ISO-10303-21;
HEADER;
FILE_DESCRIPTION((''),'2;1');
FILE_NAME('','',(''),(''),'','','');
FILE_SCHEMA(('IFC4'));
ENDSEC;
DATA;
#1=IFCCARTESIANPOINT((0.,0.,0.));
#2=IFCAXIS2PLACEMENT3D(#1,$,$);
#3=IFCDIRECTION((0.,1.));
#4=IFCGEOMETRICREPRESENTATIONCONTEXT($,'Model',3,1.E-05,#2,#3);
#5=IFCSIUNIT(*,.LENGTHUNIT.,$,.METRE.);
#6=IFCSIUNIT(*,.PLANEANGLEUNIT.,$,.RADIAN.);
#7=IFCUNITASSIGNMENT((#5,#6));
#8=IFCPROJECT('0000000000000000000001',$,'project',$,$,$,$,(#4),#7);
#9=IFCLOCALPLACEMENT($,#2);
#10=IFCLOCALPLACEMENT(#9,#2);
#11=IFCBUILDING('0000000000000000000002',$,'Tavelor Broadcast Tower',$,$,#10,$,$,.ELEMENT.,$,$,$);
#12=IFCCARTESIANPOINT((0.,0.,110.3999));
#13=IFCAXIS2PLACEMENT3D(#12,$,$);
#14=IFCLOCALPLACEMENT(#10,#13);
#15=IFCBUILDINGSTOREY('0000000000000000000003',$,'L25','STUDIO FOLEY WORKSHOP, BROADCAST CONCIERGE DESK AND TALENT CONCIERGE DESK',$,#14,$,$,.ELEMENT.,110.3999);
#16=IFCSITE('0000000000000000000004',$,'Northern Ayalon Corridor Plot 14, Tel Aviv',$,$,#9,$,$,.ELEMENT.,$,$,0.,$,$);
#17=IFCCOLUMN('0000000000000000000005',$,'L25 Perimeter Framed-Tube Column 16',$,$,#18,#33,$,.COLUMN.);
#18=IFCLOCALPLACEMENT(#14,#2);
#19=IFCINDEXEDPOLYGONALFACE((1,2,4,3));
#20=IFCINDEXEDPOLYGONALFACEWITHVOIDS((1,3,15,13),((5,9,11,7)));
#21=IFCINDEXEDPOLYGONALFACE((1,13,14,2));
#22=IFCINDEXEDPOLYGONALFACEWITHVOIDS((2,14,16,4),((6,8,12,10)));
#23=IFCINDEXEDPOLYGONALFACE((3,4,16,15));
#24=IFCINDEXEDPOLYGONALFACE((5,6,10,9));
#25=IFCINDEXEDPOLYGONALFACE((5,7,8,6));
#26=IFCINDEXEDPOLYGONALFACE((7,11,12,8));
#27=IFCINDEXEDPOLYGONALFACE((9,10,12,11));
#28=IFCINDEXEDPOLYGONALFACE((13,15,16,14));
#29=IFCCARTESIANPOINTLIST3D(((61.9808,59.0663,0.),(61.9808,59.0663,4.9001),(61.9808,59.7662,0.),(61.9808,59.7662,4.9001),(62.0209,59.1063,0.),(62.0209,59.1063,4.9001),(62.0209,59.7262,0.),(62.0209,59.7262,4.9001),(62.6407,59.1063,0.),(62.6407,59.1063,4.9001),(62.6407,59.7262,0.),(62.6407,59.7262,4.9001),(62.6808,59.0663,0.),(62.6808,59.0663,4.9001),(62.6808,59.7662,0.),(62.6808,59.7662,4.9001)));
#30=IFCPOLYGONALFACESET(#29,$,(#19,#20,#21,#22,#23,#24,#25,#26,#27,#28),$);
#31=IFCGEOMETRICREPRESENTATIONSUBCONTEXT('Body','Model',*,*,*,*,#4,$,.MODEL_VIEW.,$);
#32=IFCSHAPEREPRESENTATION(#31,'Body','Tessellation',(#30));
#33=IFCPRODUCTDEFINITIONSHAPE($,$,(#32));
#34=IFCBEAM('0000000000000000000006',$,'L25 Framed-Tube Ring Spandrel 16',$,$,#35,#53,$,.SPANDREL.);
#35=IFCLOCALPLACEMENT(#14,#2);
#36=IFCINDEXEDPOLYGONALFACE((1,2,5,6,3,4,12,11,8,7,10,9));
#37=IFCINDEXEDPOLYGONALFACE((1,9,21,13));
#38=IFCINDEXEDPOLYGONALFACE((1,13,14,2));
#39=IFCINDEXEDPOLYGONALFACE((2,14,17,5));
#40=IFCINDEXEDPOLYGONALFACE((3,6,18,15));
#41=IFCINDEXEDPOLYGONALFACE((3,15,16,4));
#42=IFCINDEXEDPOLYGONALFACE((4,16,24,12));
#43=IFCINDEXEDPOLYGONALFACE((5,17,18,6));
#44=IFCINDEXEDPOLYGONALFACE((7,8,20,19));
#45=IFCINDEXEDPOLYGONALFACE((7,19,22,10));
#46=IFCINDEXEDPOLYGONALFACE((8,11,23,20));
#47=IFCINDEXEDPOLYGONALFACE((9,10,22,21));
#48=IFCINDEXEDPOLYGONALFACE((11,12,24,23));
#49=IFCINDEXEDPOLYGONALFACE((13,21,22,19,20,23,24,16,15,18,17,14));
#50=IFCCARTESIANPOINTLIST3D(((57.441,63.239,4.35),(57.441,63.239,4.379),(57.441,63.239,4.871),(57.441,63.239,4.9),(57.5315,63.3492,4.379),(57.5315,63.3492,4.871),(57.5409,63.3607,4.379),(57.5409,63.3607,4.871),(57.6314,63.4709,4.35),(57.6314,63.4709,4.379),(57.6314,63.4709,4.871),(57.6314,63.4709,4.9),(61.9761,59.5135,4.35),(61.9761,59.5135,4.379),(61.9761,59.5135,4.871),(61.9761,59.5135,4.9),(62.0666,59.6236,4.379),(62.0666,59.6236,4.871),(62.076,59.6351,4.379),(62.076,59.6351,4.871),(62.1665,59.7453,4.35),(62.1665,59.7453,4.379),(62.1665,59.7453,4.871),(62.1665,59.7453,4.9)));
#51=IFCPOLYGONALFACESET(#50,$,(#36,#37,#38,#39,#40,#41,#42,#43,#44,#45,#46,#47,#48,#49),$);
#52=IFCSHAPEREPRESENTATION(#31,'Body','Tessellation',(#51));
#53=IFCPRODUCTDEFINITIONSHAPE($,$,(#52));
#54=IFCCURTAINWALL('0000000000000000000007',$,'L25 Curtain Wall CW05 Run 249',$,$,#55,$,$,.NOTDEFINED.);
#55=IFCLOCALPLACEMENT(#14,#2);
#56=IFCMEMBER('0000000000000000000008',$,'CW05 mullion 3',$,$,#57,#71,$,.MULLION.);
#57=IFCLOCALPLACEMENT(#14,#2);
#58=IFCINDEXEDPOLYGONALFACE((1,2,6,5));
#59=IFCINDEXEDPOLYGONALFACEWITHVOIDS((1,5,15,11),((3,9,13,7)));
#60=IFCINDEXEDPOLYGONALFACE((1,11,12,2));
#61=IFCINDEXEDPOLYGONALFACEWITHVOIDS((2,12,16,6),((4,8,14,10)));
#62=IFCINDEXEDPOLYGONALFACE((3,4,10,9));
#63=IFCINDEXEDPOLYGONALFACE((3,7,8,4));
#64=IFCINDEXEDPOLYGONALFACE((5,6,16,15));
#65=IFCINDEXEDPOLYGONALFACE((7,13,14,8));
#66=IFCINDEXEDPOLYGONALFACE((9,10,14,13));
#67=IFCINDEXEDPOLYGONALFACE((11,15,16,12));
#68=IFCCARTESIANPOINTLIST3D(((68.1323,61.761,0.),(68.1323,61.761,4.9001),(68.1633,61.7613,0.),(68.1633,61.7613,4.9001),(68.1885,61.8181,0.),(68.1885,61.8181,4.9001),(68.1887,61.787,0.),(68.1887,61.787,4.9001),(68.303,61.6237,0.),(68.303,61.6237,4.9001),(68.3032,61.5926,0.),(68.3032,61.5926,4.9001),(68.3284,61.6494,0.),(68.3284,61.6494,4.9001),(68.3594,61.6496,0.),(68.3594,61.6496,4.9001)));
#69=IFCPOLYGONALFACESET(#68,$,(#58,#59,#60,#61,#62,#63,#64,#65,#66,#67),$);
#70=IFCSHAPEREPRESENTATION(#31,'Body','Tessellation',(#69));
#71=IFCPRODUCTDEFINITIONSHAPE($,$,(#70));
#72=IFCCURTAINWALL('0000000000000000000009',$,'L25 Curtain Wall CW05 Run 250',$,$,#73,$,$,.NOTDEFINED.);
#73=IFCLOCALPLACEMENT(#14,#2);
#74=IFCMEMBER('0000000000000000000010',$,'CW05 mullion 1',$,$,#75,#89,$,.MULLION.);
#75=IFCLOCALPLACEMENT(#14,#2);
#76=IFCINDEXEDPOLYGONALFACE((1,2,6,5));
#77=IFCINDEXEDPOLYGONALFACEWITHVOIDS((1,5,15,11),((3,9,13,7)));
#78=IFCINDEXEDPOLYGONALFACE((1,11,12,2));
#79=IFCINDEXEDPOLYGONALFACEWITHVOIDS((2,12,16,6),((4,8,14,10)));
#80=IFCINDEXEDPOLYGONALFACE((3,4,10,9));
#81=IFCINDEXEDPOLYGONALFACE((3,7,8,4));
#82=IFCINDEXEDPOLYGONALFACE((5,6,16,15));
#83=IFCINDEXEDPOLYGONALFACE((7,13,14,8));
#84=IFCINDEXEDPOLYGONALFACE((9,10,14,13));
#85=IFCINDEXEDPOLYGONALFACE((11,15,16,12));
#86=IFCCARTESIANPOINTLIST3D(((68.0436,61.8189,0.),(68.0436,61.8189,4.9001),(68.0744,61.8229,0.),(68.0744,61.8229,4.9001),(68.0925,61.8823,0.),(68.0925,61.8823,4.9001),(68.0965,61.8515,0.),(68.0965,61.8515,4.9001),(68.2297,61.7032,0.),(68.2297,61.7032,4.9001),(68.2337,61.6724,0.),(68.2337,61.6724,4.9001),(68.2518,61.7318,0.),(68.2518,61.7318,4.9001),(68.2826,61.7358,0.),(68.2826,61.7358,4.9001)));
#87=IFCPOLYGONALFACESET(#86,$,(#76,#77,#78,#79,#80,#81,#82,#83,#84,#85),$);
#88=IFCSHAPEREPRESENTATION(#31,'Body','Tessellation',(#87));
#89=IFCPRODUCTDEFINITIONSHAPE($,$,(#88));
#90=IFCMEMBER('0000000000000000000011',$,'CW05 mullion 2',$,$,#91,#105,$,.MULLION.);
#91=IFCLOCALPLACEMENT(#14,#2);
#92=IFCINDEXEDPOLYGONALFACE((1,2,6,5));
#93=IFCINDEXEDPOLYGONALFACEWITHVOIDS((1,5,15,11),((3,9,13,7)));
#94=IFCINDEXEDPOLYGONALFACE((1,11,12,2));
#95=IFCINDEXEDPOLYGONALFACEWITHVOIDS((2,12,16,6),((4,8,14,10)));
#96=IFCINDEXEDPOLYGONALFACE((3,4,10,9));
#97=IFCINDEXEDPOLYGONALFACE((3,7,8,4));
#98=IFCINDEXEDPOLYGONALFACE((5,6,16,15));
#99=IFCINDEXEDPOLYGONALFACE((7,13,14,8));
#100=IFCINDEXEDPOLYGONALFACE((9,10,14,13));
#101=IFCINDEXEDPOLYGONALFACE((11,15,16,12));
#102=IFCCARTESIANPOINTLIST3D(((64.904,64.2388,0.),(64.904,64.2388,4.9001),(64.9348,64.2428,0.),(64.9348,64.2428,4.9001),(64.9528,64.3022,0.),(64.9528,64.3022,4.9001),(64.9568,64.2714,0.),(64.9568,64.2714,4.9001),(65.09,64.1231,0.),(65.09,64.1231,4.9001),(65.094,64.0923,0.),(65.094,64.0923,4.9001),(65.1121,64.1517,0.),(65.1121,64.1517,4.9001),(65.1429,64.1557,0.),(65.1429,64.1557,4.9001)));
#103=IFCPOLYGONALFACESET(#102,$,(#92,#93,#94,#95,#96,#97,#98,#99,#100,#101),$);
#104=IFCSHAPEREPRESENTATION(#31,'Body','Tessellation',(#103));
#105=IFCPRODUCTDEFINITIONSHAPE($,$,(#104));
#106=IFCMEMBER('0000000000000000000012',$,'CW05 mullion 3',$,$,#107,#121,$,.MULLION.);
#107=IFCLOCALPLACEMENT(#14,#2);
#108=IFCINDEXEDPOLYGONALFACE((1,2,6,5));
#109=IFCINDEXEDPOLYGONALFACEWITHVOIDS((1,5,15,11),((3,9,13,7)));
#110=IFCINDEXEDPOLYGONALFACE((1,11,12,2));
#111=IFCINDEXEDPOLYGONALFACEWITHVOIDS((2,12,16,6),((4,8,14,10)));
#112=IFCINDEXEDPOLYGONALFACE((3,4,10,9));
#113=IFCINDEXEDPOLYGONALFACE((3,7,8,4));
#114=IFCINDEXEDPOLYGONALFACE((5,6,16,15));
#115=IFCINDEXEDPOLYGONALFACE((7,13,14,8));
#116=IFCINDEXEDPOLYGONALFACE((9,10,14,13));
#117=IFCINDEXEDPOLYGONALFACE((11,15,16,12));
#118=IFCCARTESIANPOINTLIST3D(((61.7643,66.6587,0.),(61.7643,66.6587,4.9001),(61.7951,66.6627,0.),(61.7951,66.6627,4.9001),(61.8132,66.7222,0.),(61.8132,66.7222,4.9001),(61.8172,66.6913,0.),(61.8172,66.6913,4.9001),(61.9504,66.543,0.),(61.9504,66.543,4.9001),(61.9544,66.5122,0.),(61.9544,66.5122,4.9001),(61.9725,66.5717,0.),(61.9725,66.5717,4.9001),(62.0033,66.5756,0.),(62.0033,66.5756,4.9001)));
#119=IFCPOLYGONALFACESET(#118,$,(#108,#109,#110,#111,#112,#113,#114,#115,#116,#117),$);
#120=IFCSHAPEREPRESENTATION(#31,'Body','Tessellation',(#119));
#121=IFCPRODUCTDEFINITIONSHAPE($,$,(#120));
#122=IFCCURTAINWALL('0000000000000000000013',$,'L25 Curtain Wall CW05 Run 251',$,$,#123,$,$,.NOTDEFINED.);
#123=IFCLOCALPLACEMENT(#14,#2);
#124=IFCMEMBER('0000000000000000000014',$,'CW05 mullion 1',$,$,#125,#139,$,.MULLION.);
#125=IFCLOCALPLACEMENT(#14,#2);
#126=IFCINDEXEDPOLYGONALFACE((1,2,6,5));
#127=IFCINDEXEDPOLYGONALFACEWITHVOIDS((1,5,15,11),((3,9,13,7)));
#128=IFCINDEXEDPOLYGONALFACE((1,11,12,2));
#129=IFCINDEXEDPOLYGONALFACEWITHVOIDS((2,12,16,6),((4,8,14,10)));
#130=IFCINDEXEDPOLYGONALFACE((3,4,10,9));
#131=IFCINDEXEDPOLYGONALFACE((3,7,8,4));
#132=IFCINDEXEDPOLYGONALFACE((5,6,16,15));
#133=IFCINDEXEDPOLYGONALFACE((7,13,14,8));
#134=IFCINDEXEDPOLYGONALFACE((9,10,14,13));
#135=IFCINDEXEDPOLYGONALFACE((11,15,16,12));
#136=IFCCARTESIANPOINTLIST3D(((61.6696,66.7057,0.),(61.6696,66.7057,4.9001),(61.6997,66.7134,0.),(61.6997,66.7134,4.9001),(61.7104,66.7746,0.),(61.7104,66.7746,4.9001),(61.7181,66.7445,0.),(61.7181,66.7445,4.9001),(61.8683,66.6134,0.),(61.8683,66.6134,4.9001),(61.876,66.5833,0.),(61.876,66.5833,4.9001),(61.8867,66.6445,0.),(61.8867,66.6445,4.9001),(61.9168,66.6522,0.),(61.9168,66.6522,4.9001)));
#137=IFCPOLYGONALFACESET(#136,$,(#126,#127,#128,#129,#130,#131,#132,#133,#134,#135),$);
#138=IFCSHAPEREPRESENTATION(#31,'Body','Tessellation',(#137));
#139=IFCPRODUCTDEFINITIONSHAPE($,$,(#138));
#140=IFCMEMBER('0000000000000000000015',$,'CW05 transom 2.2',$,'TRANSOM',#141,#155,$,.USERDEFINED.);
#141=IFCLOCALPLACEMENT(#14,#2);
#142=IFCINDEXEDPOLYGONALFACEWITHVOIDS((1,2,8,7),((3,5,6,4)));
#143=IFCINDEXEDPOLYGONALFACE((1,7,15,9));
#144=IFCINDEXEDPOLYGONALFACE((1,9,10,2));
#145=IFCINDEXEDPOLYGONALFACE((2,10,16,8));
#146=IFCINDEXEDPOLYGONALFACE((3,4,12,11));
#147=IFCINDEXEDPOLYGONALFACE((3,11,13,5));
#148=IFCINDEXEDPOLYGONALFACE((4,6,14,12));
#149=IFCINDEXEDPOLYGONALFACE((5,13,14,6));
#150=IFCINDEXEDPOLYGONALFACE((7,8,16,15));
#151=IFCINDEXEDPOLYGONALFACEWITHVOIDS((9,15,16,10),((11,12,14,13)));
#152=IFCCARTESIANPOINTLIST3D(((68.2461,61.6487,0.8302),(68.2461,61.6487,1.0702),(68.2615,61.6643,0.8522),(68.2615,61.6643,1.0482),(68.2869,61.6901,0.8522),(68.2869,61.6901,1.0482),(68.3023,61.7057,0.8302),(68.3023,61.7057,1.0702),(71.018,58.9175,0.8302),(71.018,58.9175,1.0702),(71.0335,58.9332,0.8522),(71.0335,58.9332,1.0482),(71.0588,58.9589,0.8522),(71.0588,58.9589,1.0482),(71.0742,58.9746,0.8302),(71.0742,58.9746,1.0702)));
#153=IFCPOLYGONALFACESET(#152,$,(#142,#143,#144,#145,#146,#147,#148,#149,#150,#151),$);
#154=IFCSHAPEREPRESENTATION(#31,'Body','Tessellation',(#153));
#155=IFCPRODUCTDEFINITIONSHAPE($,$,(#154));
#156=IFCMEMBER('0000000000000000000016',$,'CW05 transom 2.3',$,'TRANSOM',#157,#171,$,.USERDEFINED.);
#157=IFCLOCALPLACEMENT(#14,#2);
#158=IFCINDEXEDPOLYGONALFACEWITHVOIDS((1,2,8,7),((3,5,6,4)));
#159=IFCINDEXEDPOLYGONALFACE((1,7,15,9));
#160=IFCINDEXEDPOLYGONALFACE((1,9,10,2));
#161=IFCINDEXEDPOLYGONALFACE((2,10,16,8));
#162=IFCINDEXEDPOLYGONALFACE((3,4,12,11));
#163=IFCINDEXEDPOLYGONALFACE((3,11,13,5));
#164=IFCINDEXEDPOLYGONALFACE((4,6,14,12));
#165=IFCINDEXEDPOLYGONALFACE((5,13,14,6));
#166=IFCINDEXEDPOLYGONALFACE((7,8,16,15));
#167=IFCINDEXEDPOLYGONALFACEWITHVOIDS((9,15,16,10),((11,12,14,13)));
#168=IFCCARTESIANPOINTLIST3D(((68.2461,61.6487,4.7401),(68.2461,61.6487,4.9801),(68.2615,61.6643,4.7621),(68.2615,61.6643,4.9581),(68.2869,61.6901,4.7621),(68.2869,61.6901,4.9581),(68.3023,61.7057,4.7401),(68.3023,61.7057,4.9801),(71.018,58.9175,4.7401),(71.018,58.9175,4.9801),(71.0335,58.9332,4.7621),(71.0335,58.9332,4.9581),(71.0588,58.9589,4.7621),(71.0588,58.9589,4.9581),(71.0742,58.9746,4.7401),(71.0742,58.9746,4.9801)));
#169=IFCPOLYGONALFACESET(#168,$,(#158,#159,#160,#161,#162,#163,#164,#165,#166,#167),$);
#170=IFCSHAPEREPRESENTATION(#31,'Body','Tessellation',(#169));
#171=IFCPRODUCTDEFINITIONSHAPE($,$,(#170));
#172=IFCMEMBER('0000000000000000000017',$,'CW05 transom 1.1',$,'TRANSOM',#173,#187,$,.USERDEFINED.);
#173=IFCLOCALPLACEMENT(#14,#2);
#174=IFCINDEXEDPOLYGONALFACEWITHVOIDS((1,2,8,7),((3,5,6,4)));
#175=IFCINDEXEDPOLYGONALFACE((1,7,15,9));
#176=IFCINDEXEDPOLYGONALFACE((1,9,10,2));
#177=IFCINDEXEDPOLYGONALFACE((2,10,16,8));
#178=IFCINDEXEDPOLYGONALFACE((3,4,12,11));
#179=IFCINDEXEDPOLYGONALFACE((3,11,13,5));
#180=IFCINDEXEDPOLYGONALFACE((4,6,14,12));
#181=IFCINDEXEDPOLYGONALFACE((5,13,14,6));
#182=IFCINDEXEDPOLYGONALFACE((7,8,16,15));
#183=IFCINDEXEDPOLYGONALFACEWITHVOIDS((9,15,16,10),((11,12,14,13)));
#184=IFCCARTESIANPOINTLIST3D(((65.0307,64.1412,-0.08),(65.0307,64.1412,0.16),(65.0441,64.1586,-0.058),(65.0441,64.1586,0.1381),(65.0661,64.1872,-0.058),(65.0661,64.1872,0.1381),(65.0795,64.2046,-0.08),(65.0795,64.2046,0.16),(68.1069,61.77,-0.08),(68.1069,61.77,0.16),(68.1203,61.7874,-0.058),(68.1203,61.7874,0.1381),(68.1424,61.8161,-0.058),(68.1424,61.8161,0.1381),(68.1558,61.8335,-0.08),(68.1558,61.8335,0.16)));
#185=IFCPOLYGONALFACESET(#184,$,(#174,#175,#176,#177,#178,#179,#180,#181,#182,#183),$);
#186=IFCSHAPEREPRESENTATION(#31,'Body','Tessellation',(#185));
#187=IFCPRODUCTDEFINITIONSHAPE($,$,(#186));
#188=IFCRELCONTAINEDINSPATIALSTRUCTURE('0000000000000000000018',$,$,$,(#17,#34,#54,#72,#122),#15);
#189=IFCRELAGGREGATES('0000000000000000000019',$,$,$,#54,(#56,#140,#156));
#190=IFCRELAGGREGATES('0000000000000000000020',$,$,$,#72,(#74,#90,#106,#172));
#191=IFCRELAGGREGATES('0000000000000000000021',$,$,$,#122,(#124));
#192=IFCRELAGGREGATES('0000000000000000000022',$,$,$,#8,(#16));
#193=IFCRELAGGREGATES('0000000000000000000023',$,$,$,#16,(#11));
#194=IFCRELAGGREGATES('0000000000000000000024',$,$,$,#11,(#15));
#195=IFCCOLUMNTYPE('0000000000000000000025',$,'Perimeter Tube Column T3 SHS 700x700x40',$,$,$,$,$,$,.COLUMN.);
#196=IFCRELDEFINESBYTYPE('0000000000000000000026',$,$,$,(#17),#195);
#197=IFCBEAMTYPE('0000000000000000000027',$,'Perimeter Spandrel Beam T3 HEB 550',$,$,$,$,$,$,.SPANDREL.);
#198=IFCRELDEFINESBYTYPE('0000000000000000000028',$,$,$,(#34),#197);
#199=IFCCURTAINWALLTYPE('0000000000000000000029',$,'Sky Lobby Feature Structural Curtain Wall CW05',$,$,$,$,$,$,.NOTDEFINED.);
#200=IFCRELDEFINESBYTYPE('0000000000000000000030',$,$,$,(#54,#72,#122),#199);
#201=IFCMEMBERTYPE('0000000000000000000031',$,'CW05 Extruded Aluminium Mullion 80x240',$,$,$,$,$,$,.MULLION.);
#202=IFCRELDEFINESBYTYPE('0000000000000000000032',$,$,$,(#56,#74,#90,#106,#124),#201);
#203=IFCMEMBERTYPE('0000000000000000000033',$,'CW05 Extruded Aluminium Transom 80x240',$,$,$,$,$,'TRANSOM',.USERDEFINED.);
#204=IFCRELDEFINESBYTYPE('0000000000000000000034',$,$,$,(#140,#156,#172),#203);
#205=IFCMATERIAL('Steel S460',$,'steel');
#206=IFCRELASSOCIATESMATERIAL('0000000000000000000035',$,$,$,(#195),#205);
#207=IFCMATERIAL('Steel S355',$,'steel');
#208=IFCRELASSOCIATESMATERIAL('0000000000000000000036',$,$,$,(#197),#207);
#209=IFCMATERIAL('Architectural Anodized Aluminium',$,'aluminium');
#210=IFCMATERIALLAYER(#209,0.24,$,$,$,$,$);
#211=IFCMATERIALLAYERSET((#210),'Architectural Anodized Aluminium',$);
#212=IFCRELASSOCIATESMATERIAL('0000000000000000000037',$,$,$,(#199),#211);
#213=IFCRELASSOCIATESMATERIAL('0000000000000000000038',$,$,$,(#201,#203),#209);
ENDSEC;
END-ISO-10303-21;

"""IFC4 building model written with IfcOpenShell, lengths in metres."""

from ifc_helpers import new_model, si_unit, direction, frame, origin, origin_2d, place, context, subcontext, project, spatial, hollow_rectangle, i_section, extrude, source, transform, mapped, material, layer, layer_set, material_profile, profile_set, type_object, type_shapes, element, aggregate, save


model = new_model("IFC4")

# Units and contexts
model_context = context("Model", 3, precision=1e-05, world=origin(), true_north=direction((0.0, 1.0)))
body_context = subcontext(model_context, "Body", "Model", "MODEL_VIEW")
ifc_project = project(units=[si_unit("LENGTHUNIT", "METRE"), si_unit("PLANEANGLEUNIT", "RADIAN")], contexts=[model_context])

# Site, building, storey
site_placement = place(None, origin())
site = spatial("IfcSite", under=ifc_project, at=site_placement, Name="Northern Ayalon Corridor Plot 14, Tel Aviv", CompositionType="ELEMENT", RefElevation=0.0)
building_placement = place(site_placement, origin())
building = spatial("IfcBuilding", under=site, at=building_placement, Name="Tavelor Broadcast Tower", CompositionType="ELEMENT")
storey_placement = place(building_placement, frame((0.0, 0.0, 110.3999)))
storey = spatial("IfcBuildingStorey", under=building, at=storey_placement, Name="L25", Description="STUDIO FOLEY WORKSHOP, BROADCAST CONCIERGE DESK AND TALENT CONCIERGE DESK", CompositionType="ELEMENT", Elevation=110.3999)

# Column
ifc_material_1 = material(Name="Steel S460", Category="steel")
ifc_material_profile_1 = material_profile(ifc_material_1, hollow_rectangle(XDim=0.7, YDim=0.7, WallThickness=0.04, at=origin_2d()), Name="SHS 700x700x40")
ifc_profile_set_1 = profile_set([ifc_material_profile_1], Name="Steel S460")
column_type = type_object("IfcColumnType", Name="Perimeter Tube Column T3 SHS 700x700x40", PredefinedType="COLUMN", material=ifc_profile_set_1)
column_placement = place(storey_placement, frame((62.3308, 59.4163, 0.0), z_axis=(0.0, 0.0, 1.0), x_axis=(1.0, 0.0, 0.0)))
element("IfcColumn", 1, at=column_placement, inside=storey, type_object=column_type, Name="L25 Perimeter Framed-Tube Column 16", PredefinedType="COLUMN", context=body_context, shape_type="SweptSolid", body=[
    extrude(hollow_rectangle(XDim=0.7, YDim=0.7, WallThickness=0.04, at=origin_2d()), origin(), (0.0, 0.0, 1.0), 4.9001),
])

# Beam
ifc_material_2 = material(Name="Steel S355", Category="steel")
ifc_material_profile_2 = material_profile(ifc_material_2, i_section(OverallWidth=0.3, OverallDepth=0.55, WebThickness=0.0149, FlangeThickness=0.0291, at=origin_2d()), Name="HEB 550")
ifc_profile_set_2 = profile_set([ifc_material_profile_2], Name="Steel S355")
beam_type = type_object("IfcBeamType", Name="Perimeter Spandrel Beam T3 HEB 550", PredefinedType="SPANDREL", material=ifc_profile_set_2)
beam_placement = place(storey_placement, frame((62.0713, 59.6294, 4.625), z_axis=(-0.772703, 0.634768, 0.0), x_axis=(-0.634768, -0.772703, 0.0)))
element("IfcBeam", 2, at=beam_placement, inside=storey, type_object=beam_type, Name="L25 Framed-Tube Ring Spandrel 16", PredefinedType="SPANDREL", context=body_context, shape_type="SweptSolid", body=[
    extrude(i_section(OverallWidth=0.3, OverallDepth=0.55, WebThickness=0.0149, FlangeThickness=0.0291, at=origin_2d()), origin(), (0.0, 0.0, 1.0), 5.8691),
])

# Curtain wall, member
ifc_material_3 = material(Name="Architectural Anodized Aluminium", Category="aluminium")
ifc_layer_1 = layer(ifc_material_3, 0.24)
ifc_layer_set_1 = layer_set([ifc_layer_1], Name="Architectural Anodized Aluminium")
curtain_wall_type = type_object("IfcCurtainWallType", Name="Sky Lobby Feature Structural Curtain Wall CW05", PredefinedType="NOTDEFINED", material=ifc_layer_set_1)
curtain_wall_1_placement = place(storey_placement, origin())
curtain_wall_1 = element("IfcCurtainWall", 3, at=curtain_wall_1_placement, inside=storey, type_object=curtain_wall_type, Name="L25 Curtain Wall CW05 Run 249", PredefinedType="NOTDEFINED")
ifc_material_profile_3 = material_profile(ifc_material_3, hollow_rectangle(XDim=0.0801, YDim=0.24, WallThickness=0.022, at=origin_2d()), Name="RHS 80x240x22")
ifc_profile_set_3 = profile_set([ifc_material_profile_3], Name="Architectural Anodized Aluminium")
member_type_1 = type_object("IfcMemberType", Name="CW05 Extruded Aluminium Mullion 80x240", PredefinedType="MULLION", material=ifc_profile_set_3)
shared_shape_1 = source(origin(), body_context, "Body", "SweptSolid", [
    extrude(hollow_rectangle(XDim=0.0801, YDim=0.24, WallThickness=0.022, at=origin_2d()), origin(), (0.0, 0.0, 1.0), 4.9001),
])
type_shapes(member_type_1, [shared_shape_1])
member_1_placement = place(storey_placement, frame((68.2458, 61.7053, 0.0), z_axis=(0.0, 0.0, 1.0), x_axis=(-0.701852, -0.712322, 0.0)))
member_1 = element("IfcMember", 4, at=member_1_placement, type_object=member_type_1, Name="CW05 mullion 3", PredefinedType="MULLION", context=body_context, shape_type="MappedRepresentation", body=[
    mapped(shared_shape_1, transform((0.0, 0.0, 0.0), scale=1.0)),
])

# Curtain wall, members
curtain_wall_2_placement = place(storey_placement, origin())
curtain_wall_2 = element("IfcCurtainWall", 5, at=curtain_wall_2_placement, inside=storey, type_object=curtain_wall_type, Name="L25 Curtain Wall CW05 Run 250", PredefinedType="NOTDEFINED")
member_2_placement = place(storey_placement, frame((68.1631, 61.7773, 0.0), z_axis=(0.0, 0.0, 1.0), x_axis=(-0.610484, -0.792029, 0.0)))
member_2 = element("IfcMember", 6, at=member_2_placement, type_object=member_type_1, Name="CW05 mullion 1", PredefinedType="MULLION", context=body_context, shape_type="MappedRepresentation", body=[
    mapped(shared_shape_1, transform((0.0, 0.0, 0.0), scale=1.0)),
])
member_3_placement = place(storey_placement, frame((65.0234, 64.1973, 0.0), z_axis=(0.0, 0.0, 1.0), x_axis=(-0.610484, -0.792029, 0.0)))
member_3 = element("IfcMember", 7, at=member_3_placement, type_object=member_type_1, Name="CW05 mullion 2", PredefinedType="MULLION", context=body_context, shape_type="MappedRepresentation", body=[
    mapped(shared_shape_1, transform((0.0, 0.0, 0.0), scale=1.0)),
])
member_4_placement = place(storey_placement, frame((61.8838, 66.6172, 0.0), z_axis=(0.0, 0.0, 1.0), x_axis=(-0.610484, -0.792029, 0.0)))
member_4 = element("IfcMember", 8, at=member_4_placement, type_object=member_type_1, Name="CW05 mullion 3", PredefinedType="MULLION", context=body_context, shape_type="MappedRepresentation", body=[
    mapped(shared_shape_1, transform((0.0, 0.0, 0.0), scale=1.0)),
])

# Curtain wall, member
curtain_wall_3_placement = place(storey_placement, origin())
curtain_wall_3 = element("IfcCurtainWall", 9, at=curtain_wall_3_placement, inside=storey, type_object=curtain_wall_type, Name="L25 Curtain Wall CW05 Run 251", PredefinedType="NOTDEFINED")
member_5_placement = place(storey_placement, frame((61.7932, 66.679, 0.0), z_axis=(0.0, 0.0, 1.0), x_axis=(-0.510155, -0.860082, 0.0)))
member_5 = element("IfcMember", 10, at=member_5_placement, type_object=member_type_1, Name="CW05 mullion 1", PredefinedType="MULLION", context=body_context, shape_type="MappedRepresentation", body=[
    mapped(shared_shape_1, transform((0.0, 0.0, 0.0), scale=1.0)),
])

# Members
ifc_material_profile_4 = material_profile(ifc_material_3, hollow_rectangle(XDim=0.0801, YDim=0.24, WallThickness=0.022, at=origin_2d()), Name="RHS 80x240x22")
ifc_profile_set_4 = profile_set([ifc_material_profile_4], Name="Architectural Anodized Aluminium")
member_type_2 = type_object("IfcMemberType", Name="CW05 Extruded Aluminium Transom 80x240", ElementType="TRANSOM", PredefinedType="USERDEFINED", material=ifc_profile_set_4)
shared_shape_2 = source(origin(), body_context, "Body", "SweptSolid", [
    extrude(hollow_rectangle(XDim=0.0801, YDim=0.24, WallThickness=0.022, at=origin_2d()), origin(), (0.0, 0.0, 1.0), 3.8914),
])
member_6_placement = place(storey_placement, frame((71.0461, 58.946, 0.9502), z_axis=(-0.712326, 0.701849, 0.0), x_axis=(-0.701849, -0.712326, 0.0)))
member_6 = element("IfcMember", 11, at=member_6_placement, type_object=member_type_2, Name="CW05 transom 2.2", ObjectType="TRANSOM", PredefinedType="USERDEFINED", context=body_context, shape_type="MappedRepresentation", body=[
    mapped(shared_shape_2, transform((0.0, 0.0, 0.0), scale=1.0)),
])
member_7_placement = place(storey_placement, frame((71.0461, 58.946, 4.8601), z_axis=(-0.712326, 0.701849, 0.0), x_axis=(-0.701849, -0.712326, 0.0)))
member_7 = element("IfcMember", 12, at=member_7_placement, type_object=member_type_2, Name="CW05 transom 2.3", ObjectType="TRANSOM", PredefinedType="USERDEFINED", context=body_context, shape_type="MappedRepresentation", body=[
    mapped(shared_shape_2, transform((0.0, 0.0, 0.0), scale=1.0)),
])
shared_shape_3 = source(origin(), body_context, "Body", "SweptSolid", [
    extrude(hollow_rectangle(XDim=0.0801, YDim=0.24, WallThickness=0.022, at=origin_2d()), origin(), (0.0, 0.0, 1.0), 3.884),
])
type_shapes(member_type_2, [shared_shape_2, shared_shape_3])
member_8_placement = place(storey_placement, frame((68.1313, 61.8018, 0.04), z_axis=(-0.792025, 0.610488, 0.0), x_axis=(-0.610488, -0.792025, 0.0)))
member_8 = element("IfcMember", 13, at=member_8_placement, type_object=member_type_2, Name="CW05 transom 1.1", ObjectType="TRANSOM", PredefinedType="USERDEFINED", context=body_context, shape_type="MappedRepresentation", body=[
    mapped(shared_shape_3, transform((0.0, 0.0, 0.0), scale=1.0)),
])

aggregate(curtain_wall_1, [member_1, member_6, member_7])
aggregate(curtain_wall_2, [member_2, member_3, member_4, member_8])
aggregate(curtain_wall_3, [member_5])

save(model, "model.ifc")
